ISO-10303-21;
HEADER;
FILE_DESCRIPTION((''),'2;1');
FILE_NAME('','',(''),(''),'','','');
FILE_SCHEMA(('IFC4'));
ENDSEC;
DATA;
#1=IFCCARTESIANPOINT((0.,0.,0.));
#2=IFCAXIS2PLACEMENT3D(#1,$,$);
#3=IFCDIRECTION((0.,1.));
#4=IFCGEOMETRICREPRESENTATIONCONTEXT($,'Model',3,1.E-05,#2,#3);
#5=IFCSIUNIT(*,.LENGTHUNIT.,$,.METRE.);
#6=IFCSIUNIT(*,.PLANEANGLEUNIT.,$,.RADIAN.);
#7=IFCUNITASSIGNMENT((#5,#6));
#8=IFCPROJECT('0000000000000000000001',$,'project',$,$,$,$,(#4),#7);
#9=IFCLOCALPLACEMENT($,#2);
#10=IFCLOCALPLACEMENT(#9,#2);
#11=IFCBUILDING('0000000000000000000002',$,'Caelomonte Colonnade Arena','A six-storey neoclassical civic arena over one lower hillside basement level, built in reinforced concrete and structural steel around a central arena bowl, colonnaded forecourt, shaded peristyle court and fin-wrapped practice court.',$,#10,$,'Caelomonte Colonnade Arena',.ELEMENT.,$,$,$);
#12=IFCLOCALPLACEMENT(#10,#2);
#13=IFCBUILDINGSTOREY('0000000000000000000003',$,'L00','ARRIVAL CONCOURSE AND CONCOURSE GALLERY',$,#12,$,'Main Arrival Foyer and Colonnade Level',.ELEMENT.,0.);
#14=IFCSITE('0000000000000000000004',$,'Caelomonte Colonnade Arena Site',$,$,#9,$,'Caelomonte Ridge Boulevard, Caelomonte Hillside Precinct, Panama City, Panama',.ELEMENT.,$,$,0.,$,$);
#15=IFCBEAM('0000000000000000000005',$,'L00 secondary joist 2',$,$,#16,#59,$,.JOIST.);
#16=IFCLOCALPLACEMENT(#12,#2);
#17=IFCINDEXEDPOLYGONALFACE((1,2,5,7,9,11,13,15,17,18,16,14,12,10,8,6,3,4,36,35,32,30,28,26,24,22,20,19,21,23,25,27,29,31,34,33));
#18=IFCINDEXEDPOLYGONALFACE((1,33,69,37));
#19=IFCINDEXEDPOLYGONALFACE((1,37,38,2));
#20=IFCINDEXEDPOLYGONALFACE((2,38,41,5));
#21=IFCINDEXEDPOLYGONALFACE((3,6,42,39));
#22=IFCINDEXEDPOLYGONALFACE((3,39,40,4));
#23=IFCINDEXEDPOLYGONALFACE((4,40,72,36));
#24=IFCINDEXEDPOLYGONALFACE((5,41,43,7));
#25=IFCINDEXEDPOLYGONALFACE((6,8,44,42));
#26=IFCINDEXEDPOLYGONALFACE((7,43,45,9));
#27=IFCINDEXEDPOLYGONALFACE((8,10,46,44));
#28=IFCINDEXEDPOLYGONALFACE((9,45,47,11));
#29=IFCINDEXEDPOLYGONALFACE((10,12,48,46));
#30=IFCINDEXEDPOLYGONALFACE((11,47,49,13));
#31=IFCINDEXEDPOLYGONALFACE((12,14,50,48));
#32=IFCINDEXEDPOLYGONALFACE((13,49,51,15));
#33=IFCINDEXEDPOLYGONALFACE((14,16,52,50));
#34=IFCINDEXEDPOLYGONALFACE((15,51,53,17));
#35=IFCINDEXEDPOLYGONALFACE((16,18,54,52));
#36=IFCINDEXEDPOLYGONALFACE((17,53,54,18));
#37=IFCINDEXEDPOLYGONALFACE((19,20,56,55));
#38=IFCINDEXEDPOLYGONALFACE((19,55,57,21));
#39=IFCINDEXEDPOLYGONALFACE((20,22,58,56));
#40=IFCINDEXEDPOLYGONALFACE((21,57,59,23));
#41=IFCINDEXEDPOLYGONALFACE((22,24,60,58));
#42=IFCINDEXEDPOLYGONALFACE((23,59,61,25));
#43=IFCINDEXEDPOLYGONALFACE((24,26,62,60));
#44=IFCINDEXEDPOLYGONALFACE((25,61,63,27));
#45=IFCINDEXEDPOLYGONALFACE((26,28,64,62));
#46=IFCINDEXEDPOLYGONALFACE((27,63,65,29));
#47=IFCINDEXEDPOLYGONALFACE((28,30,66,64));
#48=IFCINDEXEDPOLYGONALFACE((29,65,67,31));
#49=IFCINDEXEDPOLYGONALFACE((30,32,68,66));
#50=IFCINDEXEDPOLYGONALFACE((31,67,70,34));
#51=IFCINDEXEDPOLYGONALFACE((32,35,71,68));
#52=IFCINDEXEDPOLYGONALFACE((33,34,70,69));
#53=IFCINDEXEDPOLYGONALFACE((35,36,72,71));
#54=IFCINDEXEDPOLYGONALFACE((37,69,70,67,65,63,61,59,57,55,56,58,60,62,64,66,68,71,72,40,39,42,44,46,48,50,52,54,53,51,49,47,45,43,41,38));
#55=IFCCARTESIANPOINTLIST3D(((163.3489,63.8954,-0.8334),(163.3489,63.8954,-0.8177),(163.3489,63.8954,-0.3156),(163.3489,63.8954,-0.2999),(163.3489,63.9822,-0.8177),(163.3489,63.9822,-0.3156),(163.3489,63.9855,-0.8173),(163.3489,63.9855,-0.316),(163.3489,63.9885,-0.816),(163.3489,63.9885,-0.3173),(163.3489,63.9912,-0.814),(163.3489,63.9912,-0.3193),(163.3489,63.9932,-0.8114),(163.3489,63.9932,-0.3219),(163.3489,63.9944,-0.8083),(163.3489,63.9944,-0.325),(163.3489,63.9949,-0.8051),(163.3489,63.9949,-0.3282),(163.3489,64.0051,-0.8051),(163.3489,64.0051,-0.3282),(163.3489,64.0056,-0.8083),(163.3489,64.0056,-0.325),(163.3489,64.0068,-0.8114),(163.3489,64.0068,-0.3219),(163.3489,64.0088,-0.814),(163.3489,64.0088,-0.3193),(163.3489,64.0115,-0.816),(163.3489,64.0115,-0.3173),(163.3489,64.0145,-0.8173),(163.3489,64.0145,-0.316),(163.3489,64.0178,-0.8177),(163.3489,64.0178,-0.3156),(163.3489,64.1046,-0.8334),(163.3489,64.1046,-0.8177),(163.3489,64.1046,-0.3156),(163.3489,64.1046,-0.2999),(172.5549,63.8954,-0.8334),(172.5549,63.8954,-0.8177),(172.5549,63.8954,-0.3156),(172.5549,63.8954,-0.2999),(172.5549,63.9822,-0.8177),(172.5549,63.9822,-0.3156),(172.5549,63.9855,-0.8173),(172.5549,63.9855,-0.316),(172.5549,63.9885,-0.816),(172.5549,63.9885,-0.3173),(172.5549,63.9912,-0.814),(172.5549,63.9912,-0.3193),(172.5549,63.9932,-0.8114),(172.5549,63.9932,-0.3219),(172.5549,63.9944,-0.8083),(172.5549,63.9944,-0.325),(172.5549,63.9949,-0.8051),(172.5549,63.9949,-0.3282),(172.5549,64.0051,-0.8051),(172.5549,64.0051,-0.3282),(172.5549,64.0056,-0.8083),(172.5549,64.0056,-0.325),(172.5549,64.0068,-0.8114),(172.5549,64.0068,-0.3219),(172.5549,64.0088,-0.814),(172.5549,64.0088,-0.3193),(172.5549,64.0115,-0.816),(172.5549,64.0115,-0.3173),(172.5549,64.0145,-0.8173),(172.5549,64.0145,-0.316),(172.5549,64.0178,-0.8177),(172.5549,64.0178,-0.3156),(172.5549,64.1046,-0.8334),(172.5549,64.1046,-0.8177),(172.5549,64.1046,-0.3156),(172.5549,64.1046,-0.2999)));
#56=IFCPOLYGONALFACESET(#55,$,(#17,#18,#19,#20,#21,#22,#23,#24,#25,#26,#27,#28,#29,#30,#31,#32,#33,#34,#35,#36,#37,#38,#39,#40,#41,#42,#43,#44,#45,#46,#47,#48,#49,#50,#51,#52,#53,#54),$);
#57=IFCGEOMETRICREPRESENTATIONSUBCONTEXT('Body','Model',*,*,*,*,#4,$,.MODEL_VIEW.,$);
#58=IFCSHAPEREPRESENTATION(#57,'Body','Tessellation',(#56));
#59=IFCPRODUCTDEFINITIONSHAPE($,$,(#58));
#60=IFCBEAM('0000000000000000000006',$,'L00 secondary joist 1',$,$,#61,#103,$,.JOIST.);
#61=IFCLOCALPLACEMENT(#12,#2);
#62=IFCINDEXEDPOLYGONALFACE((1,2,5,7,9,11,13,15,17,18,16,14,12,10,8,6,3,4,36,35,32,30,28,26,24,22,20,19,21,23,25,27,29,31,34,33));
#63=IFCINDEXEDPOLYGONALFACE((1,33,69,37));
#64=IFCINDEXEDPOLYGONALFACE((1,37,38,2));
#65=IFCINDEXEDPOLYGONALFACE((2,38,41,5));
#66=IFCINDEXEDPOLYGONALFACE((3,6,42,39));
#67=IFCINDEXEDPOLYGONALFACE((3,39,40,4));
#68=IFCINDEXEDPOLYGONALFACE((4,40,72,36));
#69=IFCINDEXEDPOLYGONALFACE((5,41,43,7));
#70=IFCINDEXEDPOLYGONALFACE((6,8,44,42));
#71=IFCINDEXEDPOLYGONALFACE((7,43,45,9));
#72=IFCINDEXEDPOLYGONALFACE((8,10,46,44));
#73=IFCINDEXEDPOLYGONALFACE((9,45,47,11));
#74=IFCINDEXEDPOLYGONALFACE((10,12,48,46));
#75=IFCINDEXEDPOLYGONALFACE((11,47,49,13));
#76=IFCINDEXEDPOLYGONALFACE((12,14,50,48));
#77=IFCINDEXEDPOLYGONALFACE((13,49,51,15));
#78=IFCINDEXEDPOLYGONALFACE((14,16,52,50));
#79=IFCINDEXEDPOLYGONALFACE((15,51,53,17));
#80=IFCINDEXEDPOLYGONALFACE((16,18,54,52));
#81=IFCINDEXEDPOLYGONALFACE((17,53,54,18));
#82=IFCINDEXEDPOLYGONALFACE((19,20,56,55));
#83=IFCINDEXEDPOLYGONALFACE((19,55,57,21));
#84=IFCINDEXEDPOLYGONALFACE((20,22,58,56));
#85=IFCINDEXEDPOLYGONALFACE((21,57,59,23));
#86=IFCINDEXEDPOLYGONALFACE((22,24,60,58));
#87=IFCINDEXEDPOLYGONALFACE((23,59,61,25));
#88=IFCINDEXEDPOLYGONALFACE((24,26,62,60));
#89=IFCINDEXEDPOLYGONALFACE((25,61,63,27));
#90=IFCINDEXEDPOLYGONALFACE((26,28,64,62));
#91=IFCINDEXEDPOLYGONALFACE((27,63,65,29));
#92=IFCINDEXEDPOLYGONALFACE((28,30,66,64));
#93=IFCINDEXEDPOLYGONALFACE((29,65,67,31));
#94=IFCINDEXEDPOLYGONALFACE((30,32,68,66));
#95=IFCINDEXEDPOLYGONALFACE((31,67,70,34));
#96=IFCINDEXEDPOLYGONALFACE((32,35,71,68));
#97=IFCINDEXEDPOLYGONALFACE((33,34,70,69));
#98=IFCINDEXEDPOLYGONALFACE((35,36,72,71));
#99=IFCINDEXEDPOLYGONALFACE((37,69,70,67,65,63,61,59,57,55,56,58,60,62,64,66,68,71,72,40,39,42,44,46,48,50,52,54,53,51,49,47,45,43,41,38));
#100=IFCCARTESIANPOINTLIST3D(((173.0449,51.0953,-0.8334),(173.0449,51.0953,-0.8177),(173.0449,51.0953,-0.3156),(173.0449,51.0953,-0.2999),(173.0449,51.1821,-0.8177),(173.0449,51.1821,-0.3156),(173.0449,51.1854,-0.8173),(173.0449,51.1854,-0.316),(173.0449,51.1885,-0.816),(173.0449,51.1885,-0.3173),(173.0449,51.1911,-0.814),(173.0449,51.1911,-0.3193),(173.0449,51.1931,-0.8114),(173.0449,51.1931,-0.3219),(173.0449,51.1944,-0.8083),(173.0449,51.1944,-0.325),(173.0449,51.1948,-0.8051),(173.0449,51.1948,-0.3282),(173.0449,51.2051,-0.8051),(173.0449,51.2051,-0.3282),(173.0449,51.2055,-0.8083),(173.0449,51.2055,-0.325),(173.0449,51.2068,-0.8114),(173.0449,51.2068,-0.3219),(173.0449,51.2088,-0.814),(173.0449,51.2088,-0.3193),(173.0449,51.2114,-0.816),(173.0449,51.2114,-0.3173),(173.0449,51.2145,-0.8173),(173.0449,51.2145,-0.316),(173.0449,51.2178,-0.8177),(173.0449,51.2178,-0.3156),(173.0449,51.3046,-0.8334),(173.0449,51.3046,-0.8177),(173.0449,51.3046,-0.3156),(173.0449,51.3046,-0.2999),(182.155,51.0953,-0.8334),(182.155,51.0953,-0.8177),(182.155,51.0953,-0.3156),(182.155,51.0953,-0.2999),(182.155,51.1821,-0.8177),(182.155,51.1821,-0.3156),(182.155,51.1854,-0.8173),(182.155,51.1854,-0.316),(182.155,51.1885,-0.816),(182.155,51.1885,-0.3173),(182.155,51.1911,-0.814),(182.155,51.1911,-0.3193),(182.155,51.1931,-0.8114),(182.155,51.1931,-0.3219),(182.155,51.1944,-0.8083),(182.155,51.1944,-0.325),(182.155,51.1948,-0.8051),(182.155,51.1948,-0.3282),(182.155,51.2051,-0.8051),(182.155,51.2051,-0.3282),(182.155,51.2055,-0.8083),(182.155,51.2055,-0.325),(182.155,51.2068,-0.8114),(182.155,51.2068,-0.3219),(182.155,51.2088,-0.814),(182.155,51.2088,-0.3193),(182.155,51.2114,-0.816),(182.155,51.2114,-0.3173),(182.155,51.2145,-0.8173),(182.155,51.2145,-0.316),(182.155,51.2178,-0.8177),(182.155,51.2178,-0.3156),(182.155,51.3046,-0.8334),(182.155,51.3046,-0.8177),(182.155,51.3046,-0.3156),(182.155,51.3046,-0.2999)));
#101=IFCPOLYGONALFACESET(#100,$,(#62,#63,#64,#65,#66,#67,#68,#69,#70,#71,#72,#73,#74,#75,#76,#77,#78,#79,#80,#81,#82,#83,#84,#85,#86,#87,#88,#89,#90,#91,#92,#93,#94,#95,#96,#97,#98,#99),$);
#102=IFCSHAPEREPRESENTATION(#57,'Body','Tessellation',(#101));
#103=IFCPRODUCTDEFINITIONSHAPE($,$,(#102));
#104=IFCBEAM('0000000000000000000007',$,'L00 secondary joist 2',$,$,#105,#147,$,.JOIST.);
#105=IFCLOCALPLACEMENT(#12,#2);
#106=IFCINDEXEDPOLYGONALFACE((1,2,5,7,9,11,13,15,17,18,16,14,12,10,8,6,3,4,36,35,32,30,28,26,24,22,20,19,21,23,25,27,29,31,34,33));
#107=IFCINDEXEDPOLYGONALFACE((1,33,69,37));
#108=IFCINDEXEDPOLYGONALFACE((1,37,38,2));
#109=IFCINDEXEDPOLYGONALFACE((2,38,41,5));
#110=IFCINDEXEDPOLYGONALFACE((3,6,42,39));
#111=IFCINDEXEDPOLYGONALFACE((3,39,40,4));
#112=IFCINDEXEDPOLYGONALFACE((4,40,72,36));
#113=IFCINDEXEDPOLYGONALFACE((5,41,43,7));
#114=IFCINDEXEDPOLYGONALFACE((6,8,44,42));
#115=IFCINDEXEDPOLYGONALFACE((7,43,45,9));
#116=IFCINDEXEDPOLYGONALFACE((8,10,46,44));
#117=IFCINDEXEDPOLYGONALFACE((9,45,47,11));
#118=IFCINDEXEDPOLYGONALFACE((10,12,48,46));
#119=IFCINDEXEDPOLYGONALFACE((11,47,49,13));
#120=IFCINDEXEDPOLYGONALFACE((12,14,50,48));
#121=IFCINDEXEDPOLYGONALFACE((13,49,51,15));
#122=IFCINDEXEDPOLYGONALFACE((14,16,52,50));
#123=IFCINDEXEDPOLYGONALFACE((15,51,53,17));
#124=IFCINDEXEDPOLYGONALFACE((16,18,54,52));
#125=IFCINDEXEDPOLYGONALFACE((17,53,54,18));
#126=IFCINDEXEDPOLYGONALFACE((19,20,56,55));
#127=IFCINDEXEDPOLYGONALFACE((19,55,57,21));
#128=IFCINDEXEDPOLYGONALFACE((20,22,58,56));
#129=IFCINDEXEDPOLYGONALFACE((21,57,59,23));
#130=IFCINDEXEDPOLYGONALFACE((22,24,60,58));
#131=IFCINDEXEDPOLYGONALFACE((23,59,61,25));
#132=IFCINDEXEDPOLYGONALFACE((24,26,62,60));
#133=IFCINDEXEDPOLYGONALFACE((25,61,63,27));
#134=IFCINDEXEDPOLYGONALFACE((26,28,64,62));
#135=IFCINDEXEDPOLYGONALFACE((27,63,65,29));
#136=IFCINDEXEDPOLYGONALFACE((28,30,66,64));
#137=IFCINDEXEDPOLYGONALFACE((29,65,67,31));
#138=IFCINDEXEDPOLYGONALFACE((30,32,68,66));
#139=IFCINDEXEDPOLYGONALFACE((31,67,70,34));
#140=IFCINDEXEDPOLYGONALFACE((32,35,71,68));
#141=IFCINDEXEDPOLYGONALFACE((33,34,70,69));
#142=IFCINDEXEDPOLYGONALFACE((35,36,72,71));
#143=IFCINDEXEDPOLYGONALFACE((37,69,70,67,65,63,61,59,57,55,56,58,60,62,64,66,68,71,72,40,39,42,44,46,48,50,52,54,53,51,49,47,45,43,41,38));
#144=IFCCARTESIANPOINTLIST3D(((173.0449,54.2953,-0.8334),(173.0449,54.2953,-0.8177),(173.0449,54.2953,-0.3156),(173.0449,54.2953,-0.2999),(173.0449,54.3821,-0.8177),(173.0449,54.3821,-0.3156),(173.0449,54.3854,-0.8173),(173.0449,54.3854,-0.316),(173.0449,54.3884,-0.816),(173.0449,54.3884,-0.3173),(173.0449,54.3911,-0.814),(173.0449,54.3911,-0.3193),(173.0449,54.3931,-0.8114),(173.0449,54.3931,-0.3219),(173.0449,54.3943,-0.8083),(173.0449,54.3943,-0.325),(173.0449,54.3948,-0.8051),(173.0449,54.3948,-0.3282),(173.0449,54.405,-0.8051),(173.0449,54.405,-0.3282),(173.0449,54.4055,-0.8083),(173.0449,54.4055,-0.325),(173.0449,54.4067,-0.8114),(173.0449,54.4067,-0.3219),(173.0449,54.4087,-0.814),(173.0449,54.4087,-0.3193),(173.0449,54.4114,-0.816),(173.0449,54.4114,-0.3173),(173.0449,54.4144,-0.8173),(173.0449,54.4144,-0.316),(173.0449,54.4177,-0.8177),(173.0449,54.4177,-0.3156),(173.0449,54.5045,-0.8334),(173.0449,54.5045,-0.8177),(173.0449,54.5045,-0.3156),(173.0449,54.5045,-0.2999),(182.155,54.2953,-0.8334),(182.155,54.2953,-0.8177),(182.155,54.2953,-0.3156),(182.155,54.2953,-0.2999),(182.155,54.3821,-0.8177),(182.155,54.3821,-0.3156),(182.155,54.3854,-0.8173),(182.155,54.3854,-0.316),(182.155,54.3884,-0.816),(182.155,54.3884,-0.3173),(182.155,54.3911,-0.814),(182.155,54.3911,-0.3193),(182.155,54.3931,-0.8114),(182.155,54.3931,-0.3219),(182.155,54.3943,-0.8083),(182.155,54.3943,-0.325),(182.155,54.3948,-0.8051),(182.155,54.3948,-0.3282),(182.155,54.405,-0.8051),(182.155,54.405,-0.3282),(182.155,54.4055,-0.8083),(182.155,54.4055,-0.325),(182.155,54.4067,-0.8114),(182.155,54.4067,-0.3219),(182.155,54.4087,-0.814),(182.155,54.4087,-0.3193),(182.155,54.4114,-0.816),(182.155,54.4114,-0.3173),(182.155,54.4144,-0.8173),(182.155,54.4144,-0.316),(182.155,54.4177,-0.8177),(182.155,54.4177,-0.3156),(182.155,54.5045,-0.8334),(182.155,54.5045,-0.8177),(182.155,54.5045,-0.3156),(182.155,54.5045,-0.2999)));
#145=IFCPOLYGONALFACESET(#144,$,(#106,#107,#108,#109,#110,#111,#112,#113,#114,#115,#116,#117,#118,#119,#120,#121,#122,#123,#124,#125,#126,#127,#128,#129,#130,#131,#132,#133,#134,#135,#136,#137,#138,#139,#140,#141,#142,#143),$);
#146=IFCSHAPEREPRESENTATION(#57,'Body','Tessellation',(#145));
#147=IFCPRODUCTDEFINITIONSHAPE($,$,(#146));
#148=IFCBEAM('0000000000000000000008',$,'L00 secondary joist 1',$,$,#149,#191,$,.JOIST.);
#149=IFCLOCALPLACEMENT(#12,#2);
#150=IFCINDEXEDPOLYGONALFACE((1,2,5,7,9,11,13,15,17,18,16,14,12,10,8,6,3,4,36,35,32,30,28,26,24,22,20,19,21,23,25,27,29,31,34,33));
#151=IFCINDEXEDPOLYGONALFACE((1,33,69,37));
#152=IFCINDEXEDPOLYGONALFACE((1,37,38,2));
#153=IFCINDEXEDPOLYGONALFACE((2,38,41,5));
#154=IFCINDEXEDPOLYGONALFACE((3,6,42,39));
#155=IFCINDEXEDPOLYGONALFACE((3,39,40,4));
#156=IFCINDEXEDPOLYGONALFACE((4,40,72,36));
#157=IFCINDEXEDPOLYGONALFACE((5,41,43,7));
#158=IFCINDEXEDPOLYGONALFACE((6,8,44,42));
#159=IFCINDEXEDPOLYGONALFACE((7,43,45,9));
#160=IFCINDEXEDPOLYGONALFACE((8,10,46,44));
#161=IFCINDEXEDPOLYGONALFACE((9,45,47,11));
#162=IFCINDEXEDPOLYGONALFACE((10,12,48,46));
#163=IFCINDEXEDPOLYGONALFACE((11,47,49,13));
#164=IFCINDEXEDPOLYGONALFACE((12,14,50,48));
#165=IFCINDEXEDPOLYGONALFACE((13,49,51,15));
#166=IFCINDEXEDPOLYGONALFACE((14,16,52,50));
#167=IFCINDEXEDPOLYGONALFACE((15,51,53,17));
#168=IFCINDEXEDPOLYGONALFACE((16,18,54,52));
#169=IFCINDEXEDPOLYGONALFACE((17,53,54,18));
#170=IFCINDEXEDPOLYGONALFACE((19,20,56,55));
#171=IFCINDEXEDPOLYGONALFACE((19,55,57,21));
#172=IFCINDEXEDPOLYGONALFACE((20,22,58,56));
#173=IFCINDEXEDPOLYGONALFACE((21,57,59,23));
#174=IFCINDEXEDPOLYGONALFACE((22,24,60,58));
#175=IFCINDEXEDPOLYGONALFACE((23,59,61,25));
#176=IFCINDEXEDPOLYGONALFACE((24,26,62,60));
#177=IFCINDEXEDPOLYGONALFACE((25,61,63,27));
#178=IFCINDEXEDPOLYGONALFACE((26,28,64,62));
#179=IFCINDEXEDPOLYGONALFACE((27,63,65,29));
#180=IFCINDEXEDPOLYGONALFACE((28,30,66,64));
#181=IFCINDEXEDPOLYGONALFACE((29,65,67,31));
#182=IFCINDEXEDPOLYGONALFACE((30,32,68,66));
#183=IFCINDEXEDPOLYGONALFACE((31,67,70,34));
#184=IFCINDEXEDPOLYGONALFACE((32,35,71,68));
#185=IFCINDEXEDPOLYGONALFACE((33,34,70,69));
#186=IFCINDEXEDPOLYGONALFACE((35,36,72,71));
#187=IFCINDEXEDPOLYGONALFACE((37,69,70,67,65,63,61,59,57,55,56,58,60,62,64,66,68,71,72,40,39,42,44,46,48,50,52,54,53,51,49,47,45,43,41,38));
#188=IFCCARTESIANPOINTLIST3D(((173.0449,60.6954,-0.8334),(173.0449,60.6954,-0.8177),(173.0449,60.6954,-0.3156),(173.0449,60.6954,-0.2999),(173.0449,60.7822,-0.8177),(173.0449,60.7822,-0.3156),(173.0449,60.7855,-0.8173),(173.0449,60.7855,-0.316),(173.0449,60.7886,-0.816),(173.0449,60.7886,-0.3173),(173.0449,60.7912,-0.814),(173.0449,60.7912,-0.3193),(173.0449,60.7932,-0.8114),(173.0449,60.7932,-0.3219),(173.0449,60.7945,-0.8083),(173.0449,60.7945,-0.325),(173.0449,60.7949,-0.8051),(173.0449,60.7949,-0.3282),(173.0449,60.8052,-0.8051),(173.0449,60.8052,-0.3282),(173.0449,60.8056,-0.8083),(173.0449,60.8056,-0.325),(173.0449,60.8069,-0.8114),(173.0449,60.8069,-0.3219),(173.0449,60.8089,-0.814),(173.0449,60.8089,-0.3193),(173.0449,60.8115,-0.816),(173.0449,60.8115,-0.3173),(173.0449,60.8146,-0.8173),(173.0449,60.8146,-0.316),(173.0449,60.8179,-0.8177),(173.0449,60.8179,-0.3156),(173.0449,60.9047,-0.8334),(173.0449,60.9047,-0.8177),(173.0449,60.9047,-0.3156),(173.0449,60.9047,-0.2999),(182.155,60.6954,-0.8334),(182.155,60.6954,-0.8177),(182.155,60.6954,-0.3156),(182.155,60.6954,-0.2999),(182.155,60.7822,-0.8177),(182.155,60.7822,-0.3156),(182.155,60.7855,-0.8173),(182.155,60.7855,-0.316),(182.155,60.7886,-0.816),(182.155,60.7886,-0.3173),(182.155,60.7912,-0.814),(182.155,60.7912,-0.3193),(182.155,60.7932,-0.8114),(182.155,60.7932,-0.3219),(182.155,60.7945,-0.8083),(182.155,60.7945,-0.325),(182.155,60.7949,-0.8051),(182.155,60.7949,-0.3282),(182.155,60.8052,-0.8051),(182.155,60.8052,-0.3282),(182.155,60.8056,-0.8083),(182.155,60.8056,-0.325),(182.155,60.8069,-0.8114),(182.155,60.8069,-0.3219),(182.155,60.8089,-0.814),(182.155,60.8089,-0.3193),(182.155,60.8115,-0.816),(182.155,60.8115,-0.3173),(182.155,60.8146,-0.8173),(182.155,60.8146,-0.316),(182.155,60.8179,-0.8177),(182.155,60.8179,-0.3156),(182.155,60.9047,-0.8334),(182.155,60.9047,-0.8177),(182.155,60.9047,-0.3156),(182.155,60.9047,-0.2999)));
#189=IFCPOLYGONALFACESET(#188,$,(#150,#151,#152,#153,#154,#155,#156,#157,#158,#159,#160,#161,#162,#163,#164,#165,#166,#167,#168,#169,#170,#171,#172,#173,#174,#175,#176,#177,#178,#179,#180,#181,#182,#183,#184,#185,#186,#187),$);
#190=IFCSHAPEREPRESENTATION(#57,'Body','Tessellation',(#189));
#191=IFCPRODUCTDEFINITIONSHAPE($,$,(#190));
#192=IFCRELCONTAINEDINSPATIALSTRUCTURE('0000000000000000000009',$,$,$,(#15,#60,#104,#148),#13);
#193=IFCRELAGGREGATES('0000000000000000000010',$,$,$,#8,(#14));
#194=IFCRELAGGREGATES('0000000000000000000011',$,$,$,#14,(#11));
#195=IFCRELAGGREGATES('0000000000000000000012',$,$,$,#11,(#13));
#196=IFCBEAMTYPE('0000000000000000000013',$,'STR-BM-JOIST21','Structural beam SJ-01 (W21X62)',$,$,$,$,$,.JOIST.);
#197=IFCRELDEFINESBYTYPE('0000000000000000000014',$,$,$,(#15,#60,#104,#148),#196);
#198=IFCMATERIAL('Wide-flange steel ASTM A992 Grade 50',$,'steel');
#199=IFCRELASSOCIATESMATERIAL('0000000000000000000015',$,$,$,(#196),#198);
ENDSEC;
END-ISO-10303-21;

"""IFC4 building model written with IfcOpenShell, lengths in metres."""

from ifc_helpers import new_model, si_unit, direction, frame, origin, origin_2d, place, context, subcontext, project, spatial, i_section, extrude, material, material_profile, profile_set, type_object, element, save


model = new_model("IFC4")

# Units and contexts
model_context = context("Model", 3, precision=1e-05, world=origin(), true_north=direction((0.0, 1.0)))
body_context = subcontext(model_context, "Body", "Model", "MODEL_VIEW")
ifc_project = project(units=[si_unit("LENGTHUNIT", "METRE"), si_unit("PLANEANGLEUNIT", "RADIAN")], contexts=[model_context])

# Site, building, storey
site_placement = place(None, origin())
site = spatial("IfcSite", under=ifc_project, at=site_placement, Name="Caelomonte Colonnade Arena Site", LongName="Caelomonte Ridge Boulevard, Caelomonte Hillside Precinct, Panama City, Panama", CompositionType="ELEMENT", RefElevation=0.0)
building_placement = place(site_placement, origin())
building = spatial("IfcBuilding", under=site, at=building_placement, Name="Caelomonte Colonnade Arena", Description="A six-storey neoclassical civic arena over one lower hillside basement level, built in reinforced concrete and structural steel around a central arena bowl, colonnaded forecourt, shaded peristyle court and fin-wrapped practice court.", LongName="Caelomonte Colonnade Arena", CompositionType="ELEMENT")
storey_placement = place(building_placement, origin())
storey = spatial("IfcBuildingStorey", under=building, at=storey_placement, Name="L00", Description="ARRIVAL CONCOURSE AND CONCOURSE GALLERY", LongName="Main Arrival Foyer and Colonnade Level", CompositionType="ELEMENT", Elevation=0.0)

# Shared definitions
ifc_material_1 = material(Name="Wide-flange steel ASTM A992 Grade 50", Category="steel")

# Beams
ifc_material_profile_1 = material_profile(ifc_material_1, i_section(OverallWidth=0.2092, OverallDepth=0.5334, WebThickness=0.0103, FlangeThickness=0.0156, FilletRadius=0.0127, at=origin_2d()), Name="W21X62")
ifc_profile_set_1 = profile_set([ifc_material_profile_1], Name="Wide-flange steel ASTM A992 Grade 50")
beam_type_1 = type_object("IfcBeamType", Name="STR-BM-JOIST21", Description="Structural beam SJ-01 (W21X62)", PredefinedType="JOIST", material=ifc_profile_set_1)
for number, where, z_axis, x_axis, name in (
    (1, (163.3489, 64.0, -0.5667), (1.0, 0.0, 0.0), (0.0, 1.0, 0.0), "L00 secondary joist 2"),
):
    element("IfcBeam", number, at=place(storey_placement, frame(where, z_axis=z_axis, x_axis=x_axis)), inside=storey, type_object=beam_type_1, Name=name, PredefinedType="JOIST", context=body_context, shape_type="SweptSolid", body=[
        extrude(i_section(OverallWidth=0.2092, OverallDepth=0.5334, WebThickness=0.0103, FlangeThickness=0.0156, FilletRadius=0.0127, at=origin_2d()), origin(), (0.0, 0.0, 1.0), 9.2061),
    ])
for number, where, z_axis, x_axis, name in (
    (2, (173.0449, 51.2, -0.5667), (1.0, 0.0, 0.0), (0.0, 1.0, 0.0), "L00 secondary joist 1"),
    (3, (173.0449, 54.3999, -0.5667), (1.0, 0.0, 0.0), (0.0, 1.0, 0.0), "L00 secondary joist 2"),
    (4, (173.0449, 60.8, -0.5667), (1.0, 0.0, 0.0), (0.0, 1.0, 0.0), "L00 secondary joist 1"),
):
    element("IfcBeam", number, at=place(storey_placement, frame(where, z_axis=z_axis, x_axis=x_axis)), inside=storey, type_object=beam_type_1, Name=name, PredefinedType="JOIST", context=body_context, shape_type="SweptSolid", body=[
        extrude(i_section(OverallWidth=0.2092, OverallDepth=0.5334, WebThickness=0.0103, FlangeThickness=0.0156, FilletRadius=0.0127, at=origin_2d()), origin(), (0.0, 0.0, 1.0), 9.1101),
    ])

save(model, "model.ifc")
